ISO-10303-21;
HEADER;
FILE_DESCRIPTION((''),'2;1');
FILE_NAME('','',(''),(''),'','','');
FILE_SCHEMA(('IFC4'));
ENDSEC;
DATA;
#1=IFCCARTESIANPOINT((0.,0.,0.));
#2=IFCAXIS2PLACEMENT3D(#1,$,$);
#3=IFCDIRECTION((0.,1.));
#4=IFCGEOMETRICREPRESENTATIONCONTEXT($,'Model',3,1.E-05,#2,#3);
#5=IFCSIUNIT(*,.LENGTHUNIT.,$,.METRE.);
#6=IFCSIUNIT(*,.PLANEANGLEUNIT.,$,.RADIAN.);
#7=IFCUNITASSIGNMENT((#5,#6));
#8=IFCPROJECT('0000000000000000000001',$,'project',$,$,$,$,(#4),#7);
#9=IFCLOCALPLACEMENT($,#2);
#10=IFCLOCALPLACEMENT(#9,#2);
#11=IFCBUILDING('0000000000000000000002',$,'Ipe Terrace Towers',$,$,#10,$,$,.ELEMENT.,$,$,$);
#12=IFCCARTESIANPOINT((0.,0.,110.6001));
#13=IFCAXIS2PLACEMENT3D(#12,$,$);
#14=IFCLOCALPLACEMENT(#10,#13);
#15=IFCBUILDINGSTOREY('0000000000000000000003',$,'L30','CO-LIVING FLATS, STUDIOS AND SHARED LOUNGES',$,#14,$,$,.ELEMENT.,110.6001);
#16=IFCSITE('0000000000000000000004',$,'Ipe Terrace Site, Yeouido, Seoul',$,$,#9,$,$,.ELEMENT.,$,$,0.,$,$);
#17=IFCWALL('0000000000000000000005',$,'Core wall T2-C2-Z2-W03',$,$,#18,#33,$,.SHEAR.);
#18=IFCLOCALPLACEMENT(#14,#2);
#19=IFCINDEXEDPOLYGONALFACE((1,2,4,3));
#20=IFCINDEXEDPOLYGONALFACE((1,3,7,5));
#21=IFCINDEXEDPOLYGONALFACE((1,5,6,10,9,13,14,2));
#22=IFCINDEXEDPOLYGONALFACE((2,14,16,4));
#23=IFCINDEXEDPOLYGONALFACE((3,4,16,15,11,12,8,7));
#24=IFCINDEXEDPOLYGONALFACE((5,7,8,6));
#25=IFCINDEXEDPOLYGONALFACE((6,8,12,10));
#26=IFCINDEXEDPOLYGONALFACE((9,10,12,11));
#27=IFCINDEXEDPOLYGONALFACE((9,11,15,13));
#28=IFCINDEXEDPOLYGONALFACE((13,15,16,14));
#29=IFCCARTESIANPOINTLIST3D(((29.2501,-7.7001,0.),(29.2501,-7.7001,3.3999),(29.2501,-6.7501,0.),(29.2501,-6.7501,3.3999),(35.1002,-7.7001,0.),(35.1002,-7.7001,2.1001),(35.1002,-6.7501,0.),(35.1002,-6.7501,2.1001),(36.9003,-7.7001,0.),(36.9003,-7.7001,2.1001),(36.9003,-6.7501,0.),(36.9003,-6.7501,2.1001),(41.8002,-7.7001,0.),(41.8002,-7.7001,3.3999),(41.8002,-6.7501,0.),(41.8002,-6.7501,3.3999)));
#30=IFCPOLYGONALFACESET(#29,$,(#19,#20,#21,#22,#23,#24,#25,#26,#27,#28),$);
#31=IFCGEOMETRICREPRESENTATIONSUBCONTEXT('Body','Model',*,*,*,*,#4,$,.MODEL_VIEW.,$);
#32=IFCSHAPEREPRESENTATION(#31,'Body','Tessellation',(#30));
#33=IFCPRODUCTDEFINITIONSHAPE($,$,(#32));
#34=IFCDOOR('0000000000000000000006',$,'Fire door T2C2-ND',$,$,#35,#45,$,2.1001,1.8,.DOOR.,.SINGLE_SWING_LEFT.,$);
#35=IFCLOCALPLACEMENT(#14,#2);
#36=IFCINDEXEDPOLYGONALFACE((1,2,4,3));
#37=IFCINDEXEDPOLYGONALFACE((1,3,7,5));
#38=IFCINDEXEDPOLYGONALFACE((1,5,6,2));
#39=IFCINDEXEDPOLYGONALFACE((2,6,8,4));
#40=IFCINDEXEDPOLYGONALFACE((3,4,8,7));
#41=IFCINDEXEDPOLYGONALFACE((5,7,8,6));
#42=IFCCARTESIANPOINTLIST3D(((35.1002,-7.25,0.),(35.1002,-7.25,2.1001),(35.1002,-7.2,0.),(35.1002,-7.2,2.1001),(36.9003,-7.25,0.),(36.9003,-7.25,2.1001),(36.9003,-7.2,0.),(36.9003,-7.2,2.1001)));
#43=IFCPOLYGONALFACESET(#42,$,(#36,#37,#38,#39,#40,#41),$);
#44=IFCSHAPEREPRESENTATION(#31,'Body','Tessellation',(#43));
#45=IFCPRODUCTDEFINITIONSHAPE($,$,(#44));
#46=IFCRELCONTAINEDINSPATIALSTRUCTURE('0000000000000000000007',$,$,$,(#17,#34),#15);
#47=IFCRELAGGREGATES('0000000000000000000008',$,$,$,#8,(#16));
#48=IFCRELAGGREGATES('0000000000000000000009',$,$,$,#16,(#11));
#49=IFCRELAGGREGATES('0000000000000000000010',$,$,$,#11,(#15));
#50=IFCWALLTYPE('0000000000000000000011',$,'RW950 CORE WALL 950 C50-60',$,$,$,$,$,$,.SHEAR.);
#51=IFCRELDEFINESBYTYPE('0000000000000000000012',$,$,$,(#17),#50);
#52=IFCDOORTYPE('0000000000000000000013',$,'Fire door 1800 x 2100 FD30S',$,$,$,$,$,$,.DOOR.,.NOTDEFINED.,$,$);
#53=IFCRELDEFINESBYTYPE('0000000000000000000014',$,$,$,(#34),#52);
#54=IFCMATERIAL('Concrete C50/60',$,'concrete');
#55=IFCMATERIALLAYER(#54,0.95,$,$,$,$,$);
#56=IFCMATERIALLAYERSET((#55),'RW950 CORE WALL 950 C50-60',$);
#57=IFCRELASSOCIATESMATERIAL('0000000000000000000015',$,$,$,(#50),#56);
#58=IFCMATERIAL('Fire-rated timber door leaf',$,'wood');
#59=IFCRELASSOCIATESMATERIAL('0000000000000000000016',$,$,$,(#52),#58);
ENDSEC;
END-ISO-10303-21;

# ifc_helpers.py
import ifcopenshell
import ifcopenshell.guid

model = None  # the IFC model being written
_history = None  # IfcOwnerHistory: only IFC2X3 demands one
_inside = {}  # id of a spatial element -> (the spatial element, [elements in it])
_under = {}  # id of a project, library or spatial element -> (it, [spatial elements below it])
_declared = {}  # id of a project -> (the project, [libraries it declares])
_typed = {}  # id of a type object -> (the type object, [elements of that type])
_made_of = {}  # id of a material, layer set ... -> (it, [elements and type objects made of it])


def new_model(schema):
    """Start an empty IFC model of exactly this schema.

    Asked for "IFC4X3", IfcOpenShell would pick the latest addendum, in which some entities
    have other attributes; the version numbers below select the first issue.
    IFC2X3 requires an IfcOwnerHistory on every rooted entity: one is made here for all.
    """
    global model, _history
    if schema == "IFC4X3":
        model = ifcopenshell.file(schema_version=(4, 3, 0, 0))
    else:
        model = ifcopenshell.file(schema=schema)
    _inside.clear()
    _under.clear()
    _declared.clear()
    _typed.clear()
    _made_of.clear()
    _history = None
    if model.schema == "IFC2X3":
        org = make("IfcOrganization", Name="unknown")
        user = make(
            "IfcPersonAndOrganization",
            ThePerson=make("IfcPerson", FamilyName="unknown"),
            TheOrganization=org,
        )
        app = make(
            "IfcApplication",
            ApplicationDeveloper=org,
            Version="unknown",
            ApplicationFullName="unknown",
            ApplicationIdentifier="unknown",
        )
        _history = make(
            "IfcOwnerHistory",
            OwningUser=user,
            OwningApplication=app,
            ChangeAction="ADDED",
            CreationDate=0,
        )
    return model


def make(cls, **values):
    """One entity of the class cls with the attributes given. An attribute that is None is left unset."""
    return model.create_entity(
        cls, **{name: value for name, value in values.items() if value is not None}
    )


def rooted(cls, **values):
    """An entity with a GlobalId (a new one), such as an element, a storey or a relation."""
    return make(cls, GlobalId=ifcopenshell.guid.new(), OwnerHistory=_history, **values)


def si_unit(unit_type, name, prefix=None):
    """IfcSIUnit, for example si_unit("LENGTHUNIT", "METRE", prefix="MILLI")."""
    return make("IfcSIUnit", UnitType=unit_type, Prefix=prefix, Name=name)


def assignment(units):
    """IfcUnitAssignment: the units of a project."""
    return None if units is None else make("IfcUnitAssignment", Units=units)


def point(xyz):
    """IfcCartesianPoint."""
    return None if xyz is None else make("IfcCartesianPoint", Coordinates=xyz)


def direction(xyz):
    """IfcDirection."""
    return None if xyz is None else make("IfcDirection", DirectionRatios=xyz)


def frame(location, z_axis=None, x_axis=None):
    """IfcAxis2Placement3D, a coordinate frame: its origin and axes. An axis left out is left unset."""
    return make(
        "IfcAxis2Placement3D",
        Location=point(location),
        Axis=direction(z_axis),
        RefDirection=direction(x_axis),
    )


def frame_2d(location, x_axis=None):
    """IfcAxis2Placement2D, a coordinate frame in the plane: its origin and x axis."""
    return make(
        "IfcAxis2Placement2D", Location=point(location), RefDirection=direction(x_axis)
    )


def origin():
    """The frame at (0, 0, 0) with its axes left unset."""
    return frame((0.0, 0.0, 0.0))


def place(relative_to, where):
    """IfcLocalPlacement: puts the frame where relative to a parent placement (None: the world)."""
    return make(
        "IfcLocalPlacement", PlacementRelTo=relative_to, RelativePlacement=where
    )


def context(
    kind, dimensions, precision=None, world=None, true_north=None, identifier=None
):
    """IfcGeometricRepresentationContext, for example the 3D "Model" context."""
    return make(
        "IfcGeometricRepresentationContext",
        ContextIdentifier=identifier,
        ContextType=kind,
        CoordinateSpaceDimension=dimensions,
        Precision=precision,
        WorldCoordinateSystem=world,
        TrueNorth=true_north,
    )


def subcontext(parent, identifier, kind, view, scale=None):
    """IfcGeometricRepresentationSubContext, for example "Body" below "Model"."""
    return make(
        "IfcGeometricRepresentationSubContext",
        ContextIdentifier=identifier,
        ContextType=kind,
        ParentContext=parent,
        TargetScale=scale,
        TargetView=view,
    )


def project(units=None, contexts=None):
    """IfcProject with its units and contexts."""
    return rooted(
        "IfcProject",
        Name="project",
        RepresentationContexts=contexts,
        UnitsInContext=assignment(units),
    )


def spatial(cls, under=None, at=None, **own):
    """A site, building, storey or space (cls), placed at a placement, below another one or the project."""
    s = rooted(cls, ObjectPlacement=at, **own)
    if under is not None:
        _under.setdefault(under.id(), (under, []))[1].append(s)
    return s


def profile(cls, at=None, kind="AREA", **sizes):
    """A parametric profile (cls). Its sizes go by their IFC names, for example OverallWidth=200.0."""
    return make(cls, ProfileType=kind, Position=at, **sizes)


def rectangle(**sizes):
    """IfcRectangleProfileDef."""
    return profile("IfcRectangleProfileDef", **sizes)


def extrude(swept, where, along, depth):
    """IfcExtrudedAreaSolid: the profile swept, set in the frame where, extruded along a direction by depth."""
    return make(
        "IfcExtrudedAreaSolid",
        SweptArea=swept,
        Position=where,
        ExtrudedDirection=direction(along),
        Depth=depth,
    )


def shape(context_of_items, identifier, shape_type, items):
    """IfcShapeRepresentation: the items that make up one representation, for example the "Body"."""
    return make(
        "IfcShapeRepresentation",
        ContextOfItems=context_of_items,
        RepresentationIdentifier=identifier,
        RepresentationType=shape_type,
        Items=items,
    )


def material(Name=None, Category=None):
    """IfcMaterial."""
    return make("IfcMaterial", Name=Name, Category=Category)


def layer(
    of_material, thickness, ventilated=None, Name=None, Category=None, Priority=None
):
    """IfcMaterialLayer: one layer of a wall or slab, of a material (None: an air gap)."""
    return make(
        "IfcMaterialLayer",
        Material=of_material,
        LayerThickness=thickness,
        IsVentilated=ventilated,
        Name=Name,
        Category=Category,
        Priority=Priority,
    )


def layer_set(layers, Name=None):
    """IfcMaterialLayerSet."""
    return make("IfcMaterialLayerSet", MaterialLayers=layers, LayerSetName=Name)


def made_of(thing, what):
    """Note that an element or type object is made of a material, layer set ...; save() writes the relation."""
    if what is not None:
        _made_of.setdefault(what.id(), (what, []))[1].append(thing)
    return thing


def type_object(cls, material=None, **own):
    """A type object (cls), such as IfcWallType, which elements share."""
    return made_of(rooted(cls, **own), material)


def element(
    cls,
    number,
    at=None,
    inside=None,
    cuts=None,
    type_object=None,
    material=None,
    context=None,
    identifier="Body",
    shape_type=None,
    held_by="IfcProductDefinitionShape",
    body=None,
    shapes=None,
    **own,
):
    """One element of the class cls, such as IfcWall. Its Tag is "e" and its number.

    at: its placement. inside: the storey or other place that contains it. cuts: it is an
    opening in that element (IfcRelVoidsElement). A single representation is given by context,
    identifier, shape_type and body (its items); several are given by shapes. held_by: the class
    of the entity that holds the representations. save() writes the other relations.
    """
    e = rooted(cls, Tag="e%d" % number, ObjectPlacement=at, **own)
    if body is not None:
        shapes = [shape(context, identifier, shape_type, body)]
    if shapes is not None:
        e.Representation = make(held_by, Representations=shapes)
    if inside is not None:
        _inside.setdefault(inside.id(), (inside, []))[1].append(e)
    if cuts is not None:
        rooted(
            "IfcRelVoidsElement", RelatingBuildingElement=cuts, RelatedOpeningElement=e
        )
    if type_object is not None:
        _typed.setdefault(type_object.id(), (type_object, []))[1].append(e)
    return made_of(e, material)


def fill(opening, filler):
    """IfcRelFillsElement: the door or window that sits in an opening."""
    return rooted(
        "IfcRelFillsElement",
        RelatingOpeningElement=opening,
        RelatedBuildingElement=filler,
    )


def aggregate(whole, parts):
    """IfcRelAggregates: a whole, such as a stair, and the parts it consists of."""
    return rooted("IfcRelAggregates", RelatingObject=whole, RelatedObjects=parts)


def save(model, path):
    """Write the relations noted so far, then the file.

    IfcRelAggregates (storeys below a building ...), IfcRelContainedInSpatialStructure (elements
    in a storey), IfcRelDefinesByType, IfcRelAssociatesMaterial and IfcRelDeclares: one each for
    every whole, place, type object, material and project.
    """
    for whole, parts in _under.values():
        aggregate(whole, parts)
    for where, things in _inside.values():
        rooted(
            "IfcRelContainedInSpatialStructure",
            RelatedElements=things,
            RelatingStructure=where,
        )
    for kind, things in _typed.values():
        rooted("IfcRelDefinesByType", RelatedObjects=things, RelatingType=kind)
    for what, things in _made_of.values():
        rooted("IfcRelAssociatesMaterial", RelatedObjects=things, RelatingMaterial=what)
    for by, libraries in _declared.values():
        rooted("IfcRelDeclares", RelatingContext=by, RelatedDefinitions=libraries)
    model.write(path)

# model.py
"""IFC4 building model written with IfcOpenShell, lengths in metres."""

from ifc_helpers import new_model, si_unit, direction, frame, frame_2d, origin, place, context, subcontext, project, spatial, rectangle, extrude, material, layer, layer_set, type_object, element, fill, save


model = new_model("IFC4")

# Units and contexts
model_context = context("Model", 3, precision=1e-05, world=origin(), true_north=direction((0.0, 1.0)))
body_context = subcontext(model_context, "Body", "Model", "MODEL_VIEW")
ifc_project = project(units=[si_unit("LENGTHUNIT", "METRE"), si_unit("PLANEANGLEUNIT", "RADIAN")], contexts=[model_context])

# Site, building, storey
site_placement = place(None, origin())
site = spatial("IfcSite", under=ifc_project, at=site_placement, Name="Ipe Terrace Site, Yeouido, Seoul", CompositionType="ELEMENT", RefElevation=0.0)
building_placement = place(site_placement, origin())
building = spatial("IfcBuilding", under=site, at=building_placement, Name="Ipe Terrace Towers", CompositionType="ELEMENT")
storey_placement = place(building_placement, frame((0.0, 0.0, 110.6001)))
storey = spatial("IfcBuildingStorey", under=building, at=storey_placement, Name="L30", Description="CO-LIVING FLATS, STUDIOS AND SHARED LOUNGES", CompositionType="ELEMENT", Elevation=110.6001)

# Wall, opening, door
ifc_material_1 = material(Name="Concrete C50/60", Category="concrete")
ifc_layer_1 = layer(ifc_material_1, 0.95)
ifc_layer_set_1 = layer_set([ifc_layer_1], Name="RW950 CORE WALL 950 C50-60")
wall_type_1 = type_object("IfcWallType", Name="RW950 CORE WALL 950 C50-60", PredefinedType="SHEAR", material=ifc_layer_set_1)
wall_1_placement = place(storey_placement, frame((41.8, -7.2251, 0.0), z_axis=(0.0, 0.0, 1.0), x_axis=(-1.0, 0.0, 0.0)))
wall_1 = element("IfcWall", 1, at=wall_1_placement, inside=storey, type_object=wall_type_1, Name="Core wall T2-C2-Z2-W03", PredefinedType="SHEAR", context=body_context, shape_type="SweptSolid", body=[
    extrude(rectangle(XDim=12.55, YDim=0.95, at=frame_2d((6.2749, 0.0))), origin(), (0.0, 0.0, 1.0), 3.3999),
])
opening_1_placement = place(wall_1_placement, frame((4.8999, 0.0, 0.0)))
opening_1 = element("IfcOpeningElement", 2, at=opening_1_placement, cuts=wall_1, PredefinedType="OPENING", context=body_context, shape_type="SweptSolid", body=[
    extrude(rectangle(XDim=1.8, YDim=2.1001, at=frame_2d((0.8999, 1.05))), frame((0.0, 0.4849, 0.0), z_axis=(0.0, -1.0, 0.0), x_axis=(1.0, 0.0, 0.0)), (0.0, 0.0, 1.0), 0.97),
])
ifc_material_2 = material(Name="Fire-rated timber door leaf", Category="wood")
door_type_1 = type_object("IfcDoorType", Name="Fire door 1800 x 2100 FD30S", OperationType="NOTDEFINED", PredefinedType="DOOR", material=ifc_material_2)
door_1_placement = place(opening_1_placement, origin())
door_1 = element("IfcDoor", 3, at=door_1_placement, inside=storey, type_object=door_type_1, Name="Fire door T2C2-ND", OperationType="SINGLE_SWING_LEFT", OverallHeight=2.1001, OverallWidth=1.8, PredefinedType="DOOR", context=body_context, shape_type="SweptSolid", body=[
    extrude(rectangle(XDim=1.8, YDim=2.1001, at=frame_2d((0.8999, 1.05))), frame((0.0, 0.0249, 0.0), z_axis=(0.0, -1.0, 0.0), x_axis=(1.0, 0.0, 0.0)), (0.0, 0.0, 1.0), 0.05),
])
fill(opening_1, door_1)

save(model, "model.ifc")
